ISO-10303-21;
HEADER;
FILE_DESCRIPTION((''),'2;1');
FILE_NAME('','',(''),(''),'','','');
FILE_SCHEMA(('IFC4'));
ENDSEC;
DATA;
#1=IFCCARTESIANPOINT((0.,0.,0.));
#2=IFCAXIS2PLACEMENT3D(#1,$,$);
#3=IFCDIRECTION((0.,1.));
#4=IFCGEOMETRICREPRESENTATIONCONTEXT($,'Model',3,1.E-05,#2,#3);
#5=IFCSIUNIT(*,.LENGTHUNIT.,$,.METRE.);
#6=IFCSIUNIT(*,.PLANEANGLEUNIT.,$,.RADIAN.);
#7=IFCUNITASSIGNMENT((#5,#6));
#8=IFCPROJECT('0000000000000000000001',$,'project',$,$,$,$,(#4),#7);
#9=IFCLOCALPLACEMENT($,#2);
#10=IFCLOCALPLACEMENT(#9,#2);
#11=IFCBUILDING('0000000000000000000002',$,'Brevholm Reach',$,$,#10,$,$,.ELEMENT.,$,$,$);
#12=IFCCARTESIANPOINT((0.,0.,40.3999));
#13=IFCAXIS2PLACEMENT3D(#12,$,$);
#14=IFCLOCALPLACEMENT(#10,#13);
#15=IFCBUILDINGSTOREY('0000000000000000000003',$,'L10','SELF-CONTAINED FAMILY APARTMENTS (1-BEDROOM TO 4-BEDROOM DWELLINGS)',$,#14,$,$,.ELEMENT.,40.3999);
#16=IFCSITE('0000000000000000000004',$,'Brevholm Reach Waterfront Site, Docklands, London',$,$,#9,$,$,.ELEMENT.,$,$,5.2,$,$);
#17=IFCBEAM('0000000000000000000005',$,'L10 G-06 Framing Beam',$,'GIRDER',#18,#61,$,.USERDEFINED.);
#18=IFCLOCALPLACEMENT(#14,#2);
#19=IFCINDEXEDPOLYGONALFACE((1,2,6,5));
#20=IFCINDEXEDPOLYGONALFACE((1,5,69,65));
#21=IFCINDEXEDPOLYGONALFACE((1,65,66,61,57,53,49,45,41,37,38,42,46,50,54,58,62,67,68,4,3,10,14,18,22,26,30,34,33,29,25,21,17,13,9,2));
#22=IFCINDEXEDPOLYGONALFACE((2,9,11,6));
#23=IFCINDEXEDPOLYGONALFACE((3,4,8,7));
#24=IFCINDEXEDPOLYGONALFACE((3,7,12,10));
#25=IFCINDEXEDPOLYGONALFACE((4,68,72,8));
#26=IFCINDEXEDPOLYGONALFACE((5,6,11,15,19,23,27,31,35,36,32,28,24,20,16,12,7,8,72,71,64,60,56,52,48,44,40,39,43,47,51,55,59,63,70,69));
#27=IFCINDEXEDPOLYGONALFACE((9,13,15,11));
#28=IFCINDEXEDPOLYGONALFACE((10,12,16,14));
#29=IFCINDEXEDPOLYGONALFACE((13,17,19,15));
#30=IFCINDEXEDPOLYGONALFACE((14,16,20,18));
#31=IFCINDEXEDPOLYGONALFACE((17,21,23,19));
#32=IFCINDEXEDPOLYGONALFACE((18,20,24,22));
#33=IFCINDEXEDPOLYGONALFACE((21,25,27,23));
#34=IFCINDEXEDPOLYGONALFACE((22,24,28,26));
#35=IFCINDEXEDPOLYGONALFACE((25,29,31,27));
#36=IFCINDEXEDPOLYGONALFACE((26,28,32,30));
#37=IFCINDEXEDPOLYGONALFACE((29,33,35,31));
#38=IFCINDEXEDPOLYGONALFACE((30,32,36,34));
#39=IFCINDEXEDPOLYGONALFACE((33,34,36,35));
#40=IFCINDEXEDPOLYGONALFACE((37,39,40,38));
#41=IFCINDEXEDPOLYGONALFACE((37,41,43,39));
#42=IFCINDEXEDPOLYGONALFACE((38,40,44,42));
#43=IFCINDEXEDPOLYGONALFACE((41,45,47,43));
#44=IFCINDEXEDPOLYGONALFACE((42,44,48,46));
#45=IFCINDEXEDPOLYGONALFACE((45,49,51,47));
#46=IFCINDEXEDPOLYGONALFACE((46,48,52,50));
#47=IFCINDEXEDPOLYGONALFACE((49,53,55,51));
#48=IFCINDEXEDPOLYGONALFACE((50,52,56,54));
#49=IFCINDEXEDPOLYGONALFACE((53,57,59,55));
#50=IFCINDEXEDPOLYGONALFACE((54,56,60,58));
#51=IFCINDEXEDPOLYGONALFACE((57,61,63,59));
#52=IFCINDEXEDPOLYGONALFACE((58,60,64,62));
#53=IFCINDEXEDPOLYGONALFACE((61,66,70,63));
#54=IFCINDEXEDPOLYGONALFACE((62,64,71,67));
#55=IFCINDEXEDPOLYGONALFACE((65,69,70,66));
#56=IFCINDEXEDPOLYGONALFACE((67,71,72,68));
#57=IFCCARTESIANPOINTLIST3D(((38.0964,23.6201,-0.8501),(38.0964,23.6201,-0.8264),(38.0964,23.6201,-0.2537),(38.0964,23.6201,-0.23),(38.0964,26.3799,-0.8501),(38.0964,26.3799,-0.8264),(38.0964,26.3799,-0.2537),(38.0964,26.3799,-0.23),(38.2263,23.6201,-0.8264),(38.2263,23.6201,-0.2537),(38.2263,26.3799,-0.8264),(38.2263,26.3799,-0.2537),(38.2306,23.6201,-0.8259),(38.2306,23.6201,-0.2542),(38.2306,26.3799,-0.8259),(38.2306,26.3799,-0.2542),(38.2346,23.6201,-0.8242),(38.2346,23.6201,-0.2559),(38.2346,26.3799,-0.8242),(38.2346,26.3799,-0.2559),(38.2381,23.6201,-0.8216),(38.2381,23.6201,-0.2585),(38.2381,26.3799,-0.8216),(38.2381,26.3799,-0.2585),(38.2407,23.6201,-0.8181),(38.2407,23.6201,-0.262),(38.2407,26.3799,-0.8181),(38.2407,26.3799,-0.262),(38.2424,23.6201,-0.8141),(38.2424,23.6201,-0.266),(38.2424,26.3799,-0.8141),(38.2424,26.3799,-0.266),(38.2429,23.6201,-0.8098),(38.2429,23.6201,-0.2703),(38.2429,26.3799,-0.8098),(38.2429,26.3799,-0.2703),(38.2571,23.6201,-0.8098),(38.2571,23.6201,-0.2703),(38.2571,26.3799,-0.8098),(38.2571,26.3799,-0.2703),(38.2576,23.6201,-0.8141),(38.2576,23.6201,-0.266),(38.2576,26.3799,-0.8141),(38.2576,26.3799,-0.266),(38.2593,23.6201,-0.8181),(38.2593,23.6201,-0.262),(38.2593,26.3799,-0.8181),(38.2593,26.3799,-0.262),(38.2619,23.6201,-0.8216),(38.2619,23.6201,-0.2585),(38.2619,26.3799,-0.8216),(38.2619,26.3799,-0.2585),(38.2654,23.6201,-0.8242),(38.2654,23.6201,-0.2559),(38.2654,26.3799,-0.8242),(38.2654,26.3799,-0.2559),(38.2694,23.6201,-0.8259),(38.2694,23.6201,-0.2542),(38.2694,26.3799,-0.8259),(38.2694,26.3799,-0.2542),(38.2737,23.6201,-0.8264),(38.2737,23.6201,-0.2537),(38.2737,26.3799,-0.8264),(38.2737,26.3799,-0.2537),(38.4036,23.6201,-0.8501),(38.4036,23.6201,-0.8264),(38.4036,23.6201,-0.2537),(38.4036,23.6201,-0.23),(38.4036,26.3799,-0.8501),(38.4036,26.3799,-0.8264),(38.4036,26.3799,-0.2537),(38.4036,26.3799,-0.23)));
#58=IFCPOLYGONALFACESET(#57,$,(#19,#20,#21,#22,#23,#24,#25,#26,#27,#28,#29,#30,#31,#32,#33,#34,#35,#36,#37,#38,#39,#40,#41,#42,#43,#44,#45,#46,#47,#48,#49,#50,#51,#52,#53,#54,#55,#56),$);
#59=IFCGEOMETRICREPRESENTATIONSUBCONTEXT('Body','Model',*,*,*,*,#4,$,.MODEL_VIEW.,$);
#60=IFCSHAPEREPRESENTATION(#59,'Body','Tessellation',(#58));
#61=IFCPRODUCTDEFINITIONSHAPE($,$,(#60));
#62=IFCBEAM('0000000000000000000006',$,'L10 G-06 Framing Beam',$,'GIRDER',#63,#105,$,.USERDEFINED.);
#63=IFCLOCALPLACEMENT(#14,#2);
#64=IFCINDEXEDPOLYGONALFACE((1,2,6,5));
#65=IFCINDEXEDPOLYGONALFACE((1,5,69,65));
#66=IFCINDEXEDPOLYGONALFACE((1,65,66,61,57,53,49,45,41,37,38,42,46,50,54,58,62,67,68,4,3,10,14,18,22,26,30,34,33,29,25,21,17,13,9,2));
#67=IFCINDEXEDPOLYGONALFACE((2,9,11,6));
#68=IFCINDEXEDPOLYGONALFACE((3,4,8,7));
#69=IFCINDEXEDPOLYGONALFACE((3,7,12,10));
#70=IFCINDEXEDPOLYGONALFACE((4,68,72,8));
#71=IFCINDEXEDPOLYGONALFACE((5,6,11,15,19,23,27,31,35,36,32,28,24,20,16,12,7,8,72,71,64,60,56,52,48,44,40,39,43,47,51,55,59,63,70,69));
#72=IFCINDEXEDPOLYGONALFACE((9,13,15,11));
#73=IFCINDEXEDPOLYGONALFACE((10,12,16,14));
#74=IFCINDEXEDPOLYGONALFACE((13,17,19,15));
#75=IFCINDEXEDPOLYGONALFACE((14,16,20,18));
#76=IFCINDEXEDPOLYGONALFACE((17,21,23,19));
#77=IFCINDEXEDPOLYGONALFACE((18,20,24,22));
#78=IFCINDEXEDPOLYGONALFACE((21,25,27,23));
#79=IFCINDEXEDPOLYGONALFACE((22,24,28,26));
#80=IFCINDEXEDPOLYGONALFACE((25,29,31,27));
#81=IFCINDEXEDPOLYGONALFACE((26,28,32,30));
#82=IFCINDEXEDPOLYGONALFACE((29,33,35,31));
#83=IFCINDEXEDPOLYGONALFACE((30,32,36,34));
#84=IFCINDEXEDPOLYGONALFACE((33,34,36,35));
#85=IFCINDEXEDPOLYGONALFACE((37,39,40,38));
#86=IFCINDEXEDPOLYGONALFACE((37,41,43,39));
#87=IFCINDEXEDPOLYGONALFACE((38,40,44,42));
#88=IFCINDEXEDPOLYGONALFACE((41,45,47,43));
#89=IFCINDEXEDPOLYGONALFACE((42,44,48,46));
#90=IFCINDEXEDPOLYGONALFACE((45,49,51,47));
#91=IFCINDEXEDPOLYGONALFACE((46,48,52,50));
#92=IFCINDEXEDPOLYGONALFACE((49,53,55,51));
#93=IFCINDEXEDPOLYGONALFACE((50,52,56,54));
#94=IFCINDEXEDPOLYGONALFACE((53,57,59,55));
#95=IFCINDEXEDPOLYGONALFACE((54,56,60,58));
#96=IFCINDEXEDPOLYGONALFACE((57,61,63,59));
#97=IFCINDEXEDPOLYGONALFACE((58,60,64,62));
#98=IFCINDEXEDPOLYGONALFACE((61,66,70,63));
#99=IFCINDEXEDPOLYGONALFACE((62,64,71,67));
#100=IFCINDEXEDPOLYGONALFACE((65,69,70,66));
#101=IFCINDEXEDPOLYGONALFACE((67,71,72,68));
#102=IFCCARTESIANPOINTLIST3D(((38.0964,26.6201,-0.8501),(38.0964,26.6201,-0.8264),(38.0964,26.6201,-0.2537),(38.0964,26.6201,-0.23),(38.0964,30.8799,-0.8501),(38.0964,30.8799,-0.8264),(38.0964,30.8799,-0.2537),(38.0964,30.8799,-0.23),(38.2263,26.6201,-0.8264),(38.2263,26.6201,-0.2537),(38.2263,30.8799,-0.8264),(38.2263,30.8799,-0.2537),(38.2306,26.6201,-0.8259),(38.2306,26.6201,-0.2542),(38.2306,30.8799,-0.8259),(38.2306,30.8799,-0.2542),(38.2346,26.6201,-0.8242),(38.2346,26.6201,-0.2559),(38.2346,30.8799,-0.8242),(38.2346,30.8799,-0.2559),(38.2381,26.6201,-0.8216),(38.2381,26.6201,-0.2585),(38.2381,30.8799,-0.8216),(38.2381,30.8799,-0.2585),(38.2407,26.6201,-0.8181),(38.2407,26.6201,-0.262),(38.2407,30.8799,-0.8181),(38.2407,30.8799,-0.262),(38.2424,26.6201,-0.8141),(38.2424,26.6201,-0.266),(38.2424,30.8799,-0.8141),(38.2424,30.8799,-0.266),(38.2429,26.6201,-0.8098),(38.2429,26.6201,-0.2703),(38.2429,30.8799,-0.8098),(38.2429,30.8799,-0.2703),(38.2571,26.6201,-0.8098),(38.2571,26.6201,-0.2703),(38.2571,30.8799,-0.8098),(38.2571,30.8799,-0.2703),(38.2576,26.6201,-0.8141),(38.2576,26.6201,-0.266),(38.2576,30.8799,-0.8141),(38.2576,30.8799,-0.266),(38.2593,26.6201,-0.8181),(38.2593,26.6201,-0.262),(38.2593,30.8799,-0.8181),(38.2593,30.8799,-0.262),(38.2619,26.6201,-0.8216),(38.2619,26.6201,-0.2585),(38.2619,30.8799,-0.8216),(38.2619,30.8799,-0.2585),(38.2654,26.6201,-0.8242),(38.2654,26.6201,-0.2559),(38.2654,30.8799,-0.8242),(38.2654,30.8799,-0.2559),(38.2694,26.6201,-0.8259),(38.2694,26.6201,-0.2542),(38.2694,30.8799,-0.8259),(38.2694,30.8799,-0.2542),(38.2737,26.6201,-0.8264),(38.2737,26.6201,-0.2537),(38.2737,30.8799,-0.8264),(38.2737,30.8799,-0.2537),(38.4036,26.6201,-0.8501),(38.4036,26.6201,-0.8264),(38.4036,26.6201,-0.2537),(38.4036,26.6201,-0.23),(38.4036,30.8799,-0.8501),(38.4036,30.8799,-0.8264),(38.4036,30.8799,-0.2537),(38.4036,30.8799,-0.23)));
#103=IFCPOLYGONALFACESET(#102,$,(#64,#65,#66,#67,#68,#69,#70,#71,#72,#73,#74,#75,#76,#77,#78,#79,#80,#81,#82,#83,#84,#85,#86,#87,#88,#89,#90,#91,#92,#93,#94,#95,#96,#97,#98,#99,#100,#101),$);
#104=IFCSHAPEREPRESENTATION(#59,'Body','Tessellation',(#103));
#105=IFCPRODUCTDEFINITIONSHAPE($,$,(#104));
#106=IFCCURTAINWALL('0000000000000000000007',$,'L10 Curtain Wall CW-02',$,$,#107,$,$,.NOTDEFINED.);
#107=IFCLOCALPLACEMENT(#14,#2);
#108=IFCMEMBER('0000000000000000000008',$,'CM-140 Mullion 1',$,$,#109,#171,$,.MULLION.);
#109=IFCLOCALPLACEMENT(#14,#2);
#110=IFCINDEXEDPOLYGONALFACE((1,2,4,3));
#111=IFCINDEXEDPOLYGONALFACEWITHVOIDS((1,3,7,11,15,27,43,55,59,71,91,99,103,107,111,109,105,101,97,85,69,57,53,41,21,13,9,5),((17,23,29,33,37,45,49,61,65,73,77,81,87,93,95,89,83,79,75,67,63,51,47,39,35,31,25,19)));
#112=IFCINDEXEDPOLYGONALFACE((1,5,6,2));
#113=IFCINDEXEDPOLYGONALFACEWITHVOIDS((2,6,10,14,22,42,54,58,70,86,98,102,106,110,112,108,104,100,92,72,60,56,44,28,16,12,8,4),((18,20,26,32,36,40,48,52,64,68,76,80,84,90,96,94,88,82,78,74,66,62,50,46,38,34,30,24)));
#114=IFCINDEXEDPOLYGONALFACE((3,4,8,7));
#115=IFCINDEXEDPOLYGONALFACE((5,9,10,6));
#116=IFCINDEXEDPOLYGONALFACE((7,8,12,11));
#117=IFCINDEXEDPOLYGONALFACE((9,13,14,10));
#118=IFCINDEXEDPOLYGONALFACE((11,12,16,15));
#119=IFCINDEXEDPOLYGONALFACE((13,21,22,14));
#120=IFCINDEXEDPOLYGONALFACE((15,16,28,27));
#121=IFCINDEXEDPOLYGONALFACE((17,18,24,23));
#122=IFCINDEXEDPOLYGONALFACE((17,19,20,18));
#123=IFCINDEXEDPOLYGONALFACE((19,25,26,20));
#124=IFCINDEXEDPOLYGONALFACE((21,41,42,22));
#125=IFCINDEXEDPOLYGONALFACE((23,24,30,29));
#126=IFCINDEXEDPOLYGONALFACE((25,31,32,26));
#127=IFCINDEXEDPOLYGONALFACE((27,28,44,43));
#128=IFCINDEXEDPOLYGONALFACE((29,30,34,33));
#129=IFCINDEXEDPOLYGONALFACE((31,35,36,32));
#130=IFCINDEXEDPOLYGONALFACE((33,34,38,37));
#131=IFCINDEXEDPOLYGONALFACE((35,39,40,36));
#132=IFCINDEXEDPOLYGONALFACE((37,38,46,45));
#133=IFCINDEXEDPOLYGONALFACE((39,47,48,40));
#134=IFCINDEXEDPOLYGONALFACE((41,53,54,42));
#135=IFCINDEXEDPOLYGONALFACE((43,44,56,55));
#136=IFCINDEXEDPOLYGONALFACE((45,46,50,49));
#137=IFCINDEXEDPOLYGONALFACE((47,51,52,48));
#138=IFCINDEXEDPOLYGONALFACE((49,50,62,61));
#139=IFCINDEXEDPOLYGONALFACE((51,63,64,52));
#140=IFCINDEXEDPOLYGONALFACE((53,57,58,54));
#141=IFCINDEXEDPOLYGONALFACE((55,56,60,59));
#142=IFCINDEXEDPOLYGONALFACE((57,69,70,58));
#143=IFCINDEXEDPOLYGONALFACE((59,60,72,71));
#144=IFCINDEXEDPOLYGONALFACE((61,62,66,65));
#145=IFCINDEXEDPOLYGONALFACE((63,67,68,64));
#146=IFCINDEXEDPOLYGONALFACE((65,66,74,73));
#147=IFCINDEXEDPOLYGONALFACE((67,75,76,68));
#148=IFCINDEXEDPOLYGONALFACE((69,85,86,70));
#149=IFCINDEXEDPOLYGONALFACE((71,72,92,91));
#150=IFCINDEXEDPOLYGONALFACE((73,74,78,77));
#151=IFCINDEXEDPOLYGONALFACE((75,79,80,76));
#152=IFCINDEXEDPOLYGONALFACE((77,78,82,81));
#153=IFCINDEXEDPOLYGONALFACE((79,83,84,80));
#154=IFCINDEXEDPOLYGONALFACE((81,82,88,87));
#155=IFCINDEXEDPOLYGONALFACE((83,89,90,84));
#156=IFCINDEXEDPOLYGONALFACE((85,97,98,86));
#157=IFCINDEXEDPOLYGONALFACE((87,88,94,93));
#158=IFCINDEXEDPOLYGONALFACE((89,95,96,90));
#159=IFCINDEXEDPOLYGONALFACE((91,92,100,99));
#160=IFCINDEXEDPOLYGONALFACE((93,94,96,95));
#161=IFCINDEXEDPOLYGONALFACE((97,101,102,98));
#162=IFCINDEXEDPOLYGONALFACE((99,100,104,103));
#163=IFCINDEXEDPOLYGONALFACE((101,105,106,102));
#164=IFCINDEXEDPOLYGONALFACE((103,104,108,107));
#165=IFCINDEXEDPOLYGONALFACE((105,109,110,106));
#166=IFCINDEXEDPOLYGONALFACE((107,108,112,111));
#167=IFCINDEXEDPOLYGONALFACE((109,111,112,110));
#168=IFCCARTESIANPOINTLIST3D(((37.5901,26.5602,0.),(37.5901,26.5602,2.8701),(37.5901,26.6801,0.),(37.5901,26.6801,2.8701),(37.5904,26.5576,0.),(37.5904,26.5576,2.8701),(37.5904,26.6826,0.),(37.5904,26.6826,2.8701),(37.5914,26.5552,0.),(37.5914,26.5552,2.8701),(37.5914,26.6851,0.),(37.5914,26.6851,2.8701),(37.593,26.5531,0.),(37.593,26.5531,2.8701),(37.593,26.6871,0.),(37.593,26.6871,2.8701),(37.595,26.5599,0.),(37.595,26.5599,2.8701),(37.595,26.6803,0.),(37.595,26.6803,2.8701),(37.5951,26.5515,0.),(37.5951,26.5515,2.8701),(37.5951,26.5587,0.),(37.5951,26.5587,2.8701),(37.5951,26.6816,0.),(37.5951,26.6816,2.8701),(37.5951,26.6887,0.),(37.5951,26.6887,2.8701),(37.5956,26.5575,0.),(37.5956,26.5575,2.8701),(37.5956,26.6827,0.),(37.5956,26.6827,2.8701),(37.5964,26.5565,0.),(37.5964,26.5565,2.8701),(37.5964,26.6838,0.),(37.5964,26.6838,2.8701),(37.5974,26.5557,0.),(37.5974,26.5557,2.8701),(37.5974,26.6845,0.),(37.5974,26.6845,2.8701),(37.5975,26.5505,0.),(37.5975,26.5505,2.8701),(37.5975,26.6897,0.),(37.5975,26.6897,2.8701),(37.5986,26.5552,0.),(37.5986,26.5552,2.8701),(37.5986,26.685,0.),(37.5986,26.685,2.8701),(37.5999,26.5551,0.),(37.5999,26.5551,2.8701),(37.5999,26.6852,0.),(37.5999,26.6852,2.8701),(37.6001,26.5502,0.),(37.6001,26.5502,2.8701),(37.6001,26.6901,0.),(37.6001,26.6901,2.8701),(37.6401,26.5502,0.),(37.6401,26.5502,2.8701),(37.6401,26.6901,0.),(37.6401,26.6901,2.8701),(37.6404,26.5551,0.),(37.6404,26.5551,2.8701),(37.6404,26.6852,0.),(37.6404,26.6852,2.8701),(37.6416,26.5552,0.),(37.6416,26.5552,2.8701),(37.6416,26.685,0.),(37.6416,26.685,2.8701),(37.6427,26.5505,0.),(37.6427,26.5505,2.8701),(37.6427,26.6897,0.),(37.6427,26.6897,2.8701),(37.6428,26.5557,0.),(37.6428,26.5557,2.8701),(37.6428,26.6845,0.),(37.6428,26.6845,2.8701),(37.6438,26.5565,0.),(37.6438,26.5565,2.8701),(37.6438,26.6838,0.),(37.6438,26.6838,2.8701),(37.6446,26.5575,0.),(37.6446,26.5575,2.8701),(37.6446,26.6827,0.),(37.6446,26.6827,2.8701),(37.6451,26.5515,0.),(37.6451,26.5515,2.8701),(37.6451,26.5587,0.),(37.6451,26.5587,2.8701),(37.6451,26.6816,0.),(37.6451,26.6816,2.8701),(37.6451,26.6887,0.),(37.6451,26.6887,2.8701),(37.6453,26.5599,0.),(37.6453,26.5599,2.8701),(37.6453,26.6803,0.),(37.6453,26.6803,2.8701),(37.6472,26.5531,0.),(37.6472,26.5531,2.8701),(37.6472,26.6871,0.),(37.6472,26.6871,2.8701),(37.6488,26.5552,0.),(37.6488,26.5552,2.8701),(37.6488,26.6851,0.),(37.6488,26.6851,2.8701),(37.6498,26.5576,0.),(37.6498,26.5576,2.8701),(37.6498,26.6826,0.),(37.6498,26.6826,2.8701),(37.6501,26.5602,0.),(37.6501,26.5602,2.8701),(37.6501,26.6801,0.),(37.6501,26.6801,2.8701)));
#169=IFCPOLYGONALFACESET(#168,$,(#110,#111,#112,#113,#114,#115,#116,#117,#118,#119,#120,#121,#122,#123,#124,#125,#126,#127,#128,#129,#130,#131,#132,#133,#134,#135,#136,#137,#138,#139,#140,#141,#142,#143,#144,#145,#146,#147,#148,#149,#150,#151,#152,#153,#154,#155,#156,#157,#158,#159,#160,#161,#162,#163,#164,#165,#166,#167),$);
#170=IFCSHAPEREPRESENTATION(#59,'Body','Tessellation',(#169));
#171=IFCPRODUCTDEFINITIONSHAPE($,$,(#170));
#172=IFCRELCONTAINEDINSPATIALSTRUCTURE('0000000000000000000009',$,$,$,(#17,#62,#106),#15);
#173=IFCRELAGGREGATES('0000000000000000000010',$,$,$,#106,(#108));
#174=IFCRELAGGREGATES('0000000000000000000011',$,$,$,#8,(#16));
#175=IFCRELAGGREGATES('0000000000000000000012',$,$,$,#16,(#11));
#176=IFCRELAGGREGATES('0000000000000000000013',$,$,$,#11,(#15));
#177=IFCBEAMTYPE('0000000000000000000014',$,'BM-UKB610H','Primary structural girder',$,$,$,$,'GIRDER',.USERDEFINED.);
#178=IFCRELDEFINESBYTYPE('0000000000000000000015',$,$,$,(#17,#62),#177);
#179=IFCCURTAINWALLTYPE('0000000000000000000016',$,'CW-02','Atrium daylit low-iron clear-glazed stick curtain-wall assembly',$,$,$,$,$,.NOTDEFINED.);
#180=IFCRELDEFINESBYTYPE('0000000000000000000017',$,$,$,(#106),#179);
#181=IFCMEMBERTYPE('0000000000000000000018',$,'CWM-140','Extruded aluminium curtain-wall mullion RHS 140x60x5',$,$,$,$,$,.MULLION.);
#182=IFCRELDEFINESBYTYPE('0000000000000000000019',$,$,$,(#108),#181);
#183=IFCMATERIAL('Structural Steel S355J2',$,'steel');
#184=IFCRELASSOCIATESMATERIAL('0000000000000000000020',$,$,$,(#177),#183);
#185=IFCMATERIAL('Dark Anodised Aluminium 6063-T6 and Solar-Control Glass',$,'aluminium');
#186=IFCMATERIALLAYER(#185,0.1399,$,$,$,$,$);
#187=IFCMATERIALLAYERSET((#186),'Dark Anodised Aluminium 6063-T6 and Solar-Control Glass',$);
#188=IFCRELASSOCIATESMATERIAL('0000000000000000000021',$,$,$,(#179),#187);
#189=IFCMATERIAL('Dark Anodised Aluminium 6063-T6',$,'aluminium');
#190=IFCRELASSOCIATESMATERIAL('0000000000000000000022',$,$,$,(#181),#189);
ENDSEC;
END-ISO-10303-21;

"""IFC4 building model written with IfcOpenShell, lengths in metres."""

from ifc_helpers import new_model, si_unit, direction, frame, origin, origin_2d, place, context, subcontext, project, spatial, hollow_rectangle, i_section, extrude, material, layer, layer_set, material_profile, profile_set, type_object, element, aggregate, save


model = new_model("IFC4")

# Units and contexts
model_context = context("Model", 3, precision=1e-05, world=origin(), true_north=direction((0.0, 1.0)))
body_context = subcontext(model_context, "Body", "Model", "MODEL_VIEW")
ifc_project = project(units=[si_unit("LENGTHUNIT", "METRE"), si_unit("PLANEANGLEUNIT", "RADIAN")], contexts=[model_context])

# Site, building, storey
site_placement = place(None, origin())
site = spatial("IfcSite", under=ifc_project, at=site_placement, Name="Brevholm Reach Waterfront Site, Docklands, London", CompositionType="ELEMENT", RefElevation=5.2)
building_placement = place(site_placement, origin())
building = spatial("IfcBuilding", under=site, at=building_placement, Name="Brevholm Reach", CompositionType="ELEMENT")
storey_placement = place(building_placement, frame((0.0, 0.0, 40.3999)))
storey = spatial("IfcBuildingStorey", under=building, at=storey_placement, Name="L10", Description="SELF-CONTAINED FAMILY APARTMENTS (1-BEDROOM TO 4-BEDROOM DWELLINGS)", CompositionType="ELEMENT", Elevation=40.3999)

# Beams
ifc_material_1 = material(Name="Structural Steel S355J2", Category="steel")
ifc_material_profile_1 = material_profile(ifc_material_1, i_section(OverallWidth=0.3071, OverallDepth=0.6201, WebThickness=0.0142, FlangeThickness=0.0237, FilletRadius=0.0166, at=origin_2d()), Name="UKB 610x305x179")
ifc_profile_set_1 = profile_set([ifc_material_profile_1], Name="Structural Steel S355J2")
beam_type_1 = type_object("IfcBeamType", Name="BM-UKB610H", Description="Primary structural girder", ElementType="GIRDER", PredefinedType="USERDEFINED", material=ifc_profile_set_1)
beam_1_placement = place(storey_placement, frame((38.25, 23.6201, -0.54), z_axis=(0.0, 1.0, 0.0), x_axis=(-1.0, 0.0, 0.0)))
element("IfcBeam", 1, at=beam_1_placement, inside=storey, type_object=beam_type_1, Name="L10 G-06 Framing Beam", ObjectType="GIRDER", PredefinedType="USERDEFINED", context=body_context, shape_type="SweptSolid", body=[
    extrude(i_section(OverallWidth=0.3071, OverallDepth=0.6201, WebThickness=0.0142, FlangeThickness=0.0237, FilletRadius=0.0166, at=origin_2d()), origin(), (0.0, 0.0, 1.0), 2.7598),
])
beam_2_placement = place(storey_placement, frame((38.25, 26.6201, -0.54), z_axis=(0.0, 1.0, 0.0), x_axis=(-1.0, 0.0, 0.0)))
element("IfcBeam", 2, at=beam_2_placement, inside=storey, type_object=beam_type_1, Name="L10 G-06 Framing Beam", ObjectType="GIRDER", PredefinedType="USERDEFINED", context=body_context, shape_type="SweptSolid", body=[
    extrude(i_section(OverallWidth=0.3071, OverallDepth=0.6201, WebThickness=0.0142, FlangeThickness=0.0237, FilletRadius=0.0166, at=origin_2d()), origin(), (0.0, 0.0, 1.0), 4.2598),
])

# Curtain wall, member
ifc_material_2 = material(Name="Dark Anodised Aluminium 6063-T6 and Solar-Control Glass", Category="aluminium")
ifc_layer_1 = layer(ifc_material_2, 0.1399)
ifc_layer_set_1 = layer_set([ifc_layer_1], Name="Dark Anodised Aluminium 6063-T6 and Solar-Control Glass")
curtain_wall_type_1 = type_object("IfcCurtainWallType", Name="CW-02", Description="Atrium daylit low-iron clear-glazed stick curtain-wall assembly", PredefinedType="NOTDEFINED", material=ifc_layer_set_1)
curtain_wall_1_placement = place(storey_placement, origin())
curtain_wall_1 = element("IfcCurtainWall", 3, at=curtain_wall_1_placement, inside=storey, type_object=curtain_wall_type_1, Name="L10 Curtain Wall CW-02", PredefinedType="NOTDEFINED")
ifc_material_3 = material(Name="Dark Anodised Aluminium 6063-T6", Category="aluminium")
ifc_material_profile_2 = material_profile(ifc_material_3, hollow_rectangle(XDim=0.0601, YDim=0.1399, WallThickness=0.0049, InnerFilletRadius=0.0049, OuterFilletRadius=0.01, at=origin_2d()), Name="RHS 140x60x5")
ifc_profile_set_2 = profile_set([ifc_material_profile_2], Name="Dark Anodised Aluminium 6063-T6")
member_type_1 = type_object("IfcMemberType", Name="CWM-140", Description="Extruded aluminium curtain-wall mullion RHS 140x60x5", PredefinedType="MULLION", material=ifc_profile_set_2)
member_1_placement = place(storey_placement, frame((37.6201, 26.6201, 0.0), z_axis=(0.0, 0.0, 1.0), x_axis=(-1.0, 0.0, 0.0)))
member_1 = element("IfcMember", 4, at=member_1_placement, type_object=member_type_1, Name="CM-140 Mullion 1", PredefinedType="MULLION", context=body_context, shape_type="SweptSolid", body=[
    extrude(hollow_rectangle(XDim=0.0601, YDim=0.1399, WallThickness=0.0049, InnerFilletRadius=0.0049, OuterFilletRadius=0.01, at=origin_2d()), origin(), (0.0, 0.0, 1.0), 2.8701),
])

aggregate(curtain_wall_1, [member_1])

save(model, "model.ifc")
